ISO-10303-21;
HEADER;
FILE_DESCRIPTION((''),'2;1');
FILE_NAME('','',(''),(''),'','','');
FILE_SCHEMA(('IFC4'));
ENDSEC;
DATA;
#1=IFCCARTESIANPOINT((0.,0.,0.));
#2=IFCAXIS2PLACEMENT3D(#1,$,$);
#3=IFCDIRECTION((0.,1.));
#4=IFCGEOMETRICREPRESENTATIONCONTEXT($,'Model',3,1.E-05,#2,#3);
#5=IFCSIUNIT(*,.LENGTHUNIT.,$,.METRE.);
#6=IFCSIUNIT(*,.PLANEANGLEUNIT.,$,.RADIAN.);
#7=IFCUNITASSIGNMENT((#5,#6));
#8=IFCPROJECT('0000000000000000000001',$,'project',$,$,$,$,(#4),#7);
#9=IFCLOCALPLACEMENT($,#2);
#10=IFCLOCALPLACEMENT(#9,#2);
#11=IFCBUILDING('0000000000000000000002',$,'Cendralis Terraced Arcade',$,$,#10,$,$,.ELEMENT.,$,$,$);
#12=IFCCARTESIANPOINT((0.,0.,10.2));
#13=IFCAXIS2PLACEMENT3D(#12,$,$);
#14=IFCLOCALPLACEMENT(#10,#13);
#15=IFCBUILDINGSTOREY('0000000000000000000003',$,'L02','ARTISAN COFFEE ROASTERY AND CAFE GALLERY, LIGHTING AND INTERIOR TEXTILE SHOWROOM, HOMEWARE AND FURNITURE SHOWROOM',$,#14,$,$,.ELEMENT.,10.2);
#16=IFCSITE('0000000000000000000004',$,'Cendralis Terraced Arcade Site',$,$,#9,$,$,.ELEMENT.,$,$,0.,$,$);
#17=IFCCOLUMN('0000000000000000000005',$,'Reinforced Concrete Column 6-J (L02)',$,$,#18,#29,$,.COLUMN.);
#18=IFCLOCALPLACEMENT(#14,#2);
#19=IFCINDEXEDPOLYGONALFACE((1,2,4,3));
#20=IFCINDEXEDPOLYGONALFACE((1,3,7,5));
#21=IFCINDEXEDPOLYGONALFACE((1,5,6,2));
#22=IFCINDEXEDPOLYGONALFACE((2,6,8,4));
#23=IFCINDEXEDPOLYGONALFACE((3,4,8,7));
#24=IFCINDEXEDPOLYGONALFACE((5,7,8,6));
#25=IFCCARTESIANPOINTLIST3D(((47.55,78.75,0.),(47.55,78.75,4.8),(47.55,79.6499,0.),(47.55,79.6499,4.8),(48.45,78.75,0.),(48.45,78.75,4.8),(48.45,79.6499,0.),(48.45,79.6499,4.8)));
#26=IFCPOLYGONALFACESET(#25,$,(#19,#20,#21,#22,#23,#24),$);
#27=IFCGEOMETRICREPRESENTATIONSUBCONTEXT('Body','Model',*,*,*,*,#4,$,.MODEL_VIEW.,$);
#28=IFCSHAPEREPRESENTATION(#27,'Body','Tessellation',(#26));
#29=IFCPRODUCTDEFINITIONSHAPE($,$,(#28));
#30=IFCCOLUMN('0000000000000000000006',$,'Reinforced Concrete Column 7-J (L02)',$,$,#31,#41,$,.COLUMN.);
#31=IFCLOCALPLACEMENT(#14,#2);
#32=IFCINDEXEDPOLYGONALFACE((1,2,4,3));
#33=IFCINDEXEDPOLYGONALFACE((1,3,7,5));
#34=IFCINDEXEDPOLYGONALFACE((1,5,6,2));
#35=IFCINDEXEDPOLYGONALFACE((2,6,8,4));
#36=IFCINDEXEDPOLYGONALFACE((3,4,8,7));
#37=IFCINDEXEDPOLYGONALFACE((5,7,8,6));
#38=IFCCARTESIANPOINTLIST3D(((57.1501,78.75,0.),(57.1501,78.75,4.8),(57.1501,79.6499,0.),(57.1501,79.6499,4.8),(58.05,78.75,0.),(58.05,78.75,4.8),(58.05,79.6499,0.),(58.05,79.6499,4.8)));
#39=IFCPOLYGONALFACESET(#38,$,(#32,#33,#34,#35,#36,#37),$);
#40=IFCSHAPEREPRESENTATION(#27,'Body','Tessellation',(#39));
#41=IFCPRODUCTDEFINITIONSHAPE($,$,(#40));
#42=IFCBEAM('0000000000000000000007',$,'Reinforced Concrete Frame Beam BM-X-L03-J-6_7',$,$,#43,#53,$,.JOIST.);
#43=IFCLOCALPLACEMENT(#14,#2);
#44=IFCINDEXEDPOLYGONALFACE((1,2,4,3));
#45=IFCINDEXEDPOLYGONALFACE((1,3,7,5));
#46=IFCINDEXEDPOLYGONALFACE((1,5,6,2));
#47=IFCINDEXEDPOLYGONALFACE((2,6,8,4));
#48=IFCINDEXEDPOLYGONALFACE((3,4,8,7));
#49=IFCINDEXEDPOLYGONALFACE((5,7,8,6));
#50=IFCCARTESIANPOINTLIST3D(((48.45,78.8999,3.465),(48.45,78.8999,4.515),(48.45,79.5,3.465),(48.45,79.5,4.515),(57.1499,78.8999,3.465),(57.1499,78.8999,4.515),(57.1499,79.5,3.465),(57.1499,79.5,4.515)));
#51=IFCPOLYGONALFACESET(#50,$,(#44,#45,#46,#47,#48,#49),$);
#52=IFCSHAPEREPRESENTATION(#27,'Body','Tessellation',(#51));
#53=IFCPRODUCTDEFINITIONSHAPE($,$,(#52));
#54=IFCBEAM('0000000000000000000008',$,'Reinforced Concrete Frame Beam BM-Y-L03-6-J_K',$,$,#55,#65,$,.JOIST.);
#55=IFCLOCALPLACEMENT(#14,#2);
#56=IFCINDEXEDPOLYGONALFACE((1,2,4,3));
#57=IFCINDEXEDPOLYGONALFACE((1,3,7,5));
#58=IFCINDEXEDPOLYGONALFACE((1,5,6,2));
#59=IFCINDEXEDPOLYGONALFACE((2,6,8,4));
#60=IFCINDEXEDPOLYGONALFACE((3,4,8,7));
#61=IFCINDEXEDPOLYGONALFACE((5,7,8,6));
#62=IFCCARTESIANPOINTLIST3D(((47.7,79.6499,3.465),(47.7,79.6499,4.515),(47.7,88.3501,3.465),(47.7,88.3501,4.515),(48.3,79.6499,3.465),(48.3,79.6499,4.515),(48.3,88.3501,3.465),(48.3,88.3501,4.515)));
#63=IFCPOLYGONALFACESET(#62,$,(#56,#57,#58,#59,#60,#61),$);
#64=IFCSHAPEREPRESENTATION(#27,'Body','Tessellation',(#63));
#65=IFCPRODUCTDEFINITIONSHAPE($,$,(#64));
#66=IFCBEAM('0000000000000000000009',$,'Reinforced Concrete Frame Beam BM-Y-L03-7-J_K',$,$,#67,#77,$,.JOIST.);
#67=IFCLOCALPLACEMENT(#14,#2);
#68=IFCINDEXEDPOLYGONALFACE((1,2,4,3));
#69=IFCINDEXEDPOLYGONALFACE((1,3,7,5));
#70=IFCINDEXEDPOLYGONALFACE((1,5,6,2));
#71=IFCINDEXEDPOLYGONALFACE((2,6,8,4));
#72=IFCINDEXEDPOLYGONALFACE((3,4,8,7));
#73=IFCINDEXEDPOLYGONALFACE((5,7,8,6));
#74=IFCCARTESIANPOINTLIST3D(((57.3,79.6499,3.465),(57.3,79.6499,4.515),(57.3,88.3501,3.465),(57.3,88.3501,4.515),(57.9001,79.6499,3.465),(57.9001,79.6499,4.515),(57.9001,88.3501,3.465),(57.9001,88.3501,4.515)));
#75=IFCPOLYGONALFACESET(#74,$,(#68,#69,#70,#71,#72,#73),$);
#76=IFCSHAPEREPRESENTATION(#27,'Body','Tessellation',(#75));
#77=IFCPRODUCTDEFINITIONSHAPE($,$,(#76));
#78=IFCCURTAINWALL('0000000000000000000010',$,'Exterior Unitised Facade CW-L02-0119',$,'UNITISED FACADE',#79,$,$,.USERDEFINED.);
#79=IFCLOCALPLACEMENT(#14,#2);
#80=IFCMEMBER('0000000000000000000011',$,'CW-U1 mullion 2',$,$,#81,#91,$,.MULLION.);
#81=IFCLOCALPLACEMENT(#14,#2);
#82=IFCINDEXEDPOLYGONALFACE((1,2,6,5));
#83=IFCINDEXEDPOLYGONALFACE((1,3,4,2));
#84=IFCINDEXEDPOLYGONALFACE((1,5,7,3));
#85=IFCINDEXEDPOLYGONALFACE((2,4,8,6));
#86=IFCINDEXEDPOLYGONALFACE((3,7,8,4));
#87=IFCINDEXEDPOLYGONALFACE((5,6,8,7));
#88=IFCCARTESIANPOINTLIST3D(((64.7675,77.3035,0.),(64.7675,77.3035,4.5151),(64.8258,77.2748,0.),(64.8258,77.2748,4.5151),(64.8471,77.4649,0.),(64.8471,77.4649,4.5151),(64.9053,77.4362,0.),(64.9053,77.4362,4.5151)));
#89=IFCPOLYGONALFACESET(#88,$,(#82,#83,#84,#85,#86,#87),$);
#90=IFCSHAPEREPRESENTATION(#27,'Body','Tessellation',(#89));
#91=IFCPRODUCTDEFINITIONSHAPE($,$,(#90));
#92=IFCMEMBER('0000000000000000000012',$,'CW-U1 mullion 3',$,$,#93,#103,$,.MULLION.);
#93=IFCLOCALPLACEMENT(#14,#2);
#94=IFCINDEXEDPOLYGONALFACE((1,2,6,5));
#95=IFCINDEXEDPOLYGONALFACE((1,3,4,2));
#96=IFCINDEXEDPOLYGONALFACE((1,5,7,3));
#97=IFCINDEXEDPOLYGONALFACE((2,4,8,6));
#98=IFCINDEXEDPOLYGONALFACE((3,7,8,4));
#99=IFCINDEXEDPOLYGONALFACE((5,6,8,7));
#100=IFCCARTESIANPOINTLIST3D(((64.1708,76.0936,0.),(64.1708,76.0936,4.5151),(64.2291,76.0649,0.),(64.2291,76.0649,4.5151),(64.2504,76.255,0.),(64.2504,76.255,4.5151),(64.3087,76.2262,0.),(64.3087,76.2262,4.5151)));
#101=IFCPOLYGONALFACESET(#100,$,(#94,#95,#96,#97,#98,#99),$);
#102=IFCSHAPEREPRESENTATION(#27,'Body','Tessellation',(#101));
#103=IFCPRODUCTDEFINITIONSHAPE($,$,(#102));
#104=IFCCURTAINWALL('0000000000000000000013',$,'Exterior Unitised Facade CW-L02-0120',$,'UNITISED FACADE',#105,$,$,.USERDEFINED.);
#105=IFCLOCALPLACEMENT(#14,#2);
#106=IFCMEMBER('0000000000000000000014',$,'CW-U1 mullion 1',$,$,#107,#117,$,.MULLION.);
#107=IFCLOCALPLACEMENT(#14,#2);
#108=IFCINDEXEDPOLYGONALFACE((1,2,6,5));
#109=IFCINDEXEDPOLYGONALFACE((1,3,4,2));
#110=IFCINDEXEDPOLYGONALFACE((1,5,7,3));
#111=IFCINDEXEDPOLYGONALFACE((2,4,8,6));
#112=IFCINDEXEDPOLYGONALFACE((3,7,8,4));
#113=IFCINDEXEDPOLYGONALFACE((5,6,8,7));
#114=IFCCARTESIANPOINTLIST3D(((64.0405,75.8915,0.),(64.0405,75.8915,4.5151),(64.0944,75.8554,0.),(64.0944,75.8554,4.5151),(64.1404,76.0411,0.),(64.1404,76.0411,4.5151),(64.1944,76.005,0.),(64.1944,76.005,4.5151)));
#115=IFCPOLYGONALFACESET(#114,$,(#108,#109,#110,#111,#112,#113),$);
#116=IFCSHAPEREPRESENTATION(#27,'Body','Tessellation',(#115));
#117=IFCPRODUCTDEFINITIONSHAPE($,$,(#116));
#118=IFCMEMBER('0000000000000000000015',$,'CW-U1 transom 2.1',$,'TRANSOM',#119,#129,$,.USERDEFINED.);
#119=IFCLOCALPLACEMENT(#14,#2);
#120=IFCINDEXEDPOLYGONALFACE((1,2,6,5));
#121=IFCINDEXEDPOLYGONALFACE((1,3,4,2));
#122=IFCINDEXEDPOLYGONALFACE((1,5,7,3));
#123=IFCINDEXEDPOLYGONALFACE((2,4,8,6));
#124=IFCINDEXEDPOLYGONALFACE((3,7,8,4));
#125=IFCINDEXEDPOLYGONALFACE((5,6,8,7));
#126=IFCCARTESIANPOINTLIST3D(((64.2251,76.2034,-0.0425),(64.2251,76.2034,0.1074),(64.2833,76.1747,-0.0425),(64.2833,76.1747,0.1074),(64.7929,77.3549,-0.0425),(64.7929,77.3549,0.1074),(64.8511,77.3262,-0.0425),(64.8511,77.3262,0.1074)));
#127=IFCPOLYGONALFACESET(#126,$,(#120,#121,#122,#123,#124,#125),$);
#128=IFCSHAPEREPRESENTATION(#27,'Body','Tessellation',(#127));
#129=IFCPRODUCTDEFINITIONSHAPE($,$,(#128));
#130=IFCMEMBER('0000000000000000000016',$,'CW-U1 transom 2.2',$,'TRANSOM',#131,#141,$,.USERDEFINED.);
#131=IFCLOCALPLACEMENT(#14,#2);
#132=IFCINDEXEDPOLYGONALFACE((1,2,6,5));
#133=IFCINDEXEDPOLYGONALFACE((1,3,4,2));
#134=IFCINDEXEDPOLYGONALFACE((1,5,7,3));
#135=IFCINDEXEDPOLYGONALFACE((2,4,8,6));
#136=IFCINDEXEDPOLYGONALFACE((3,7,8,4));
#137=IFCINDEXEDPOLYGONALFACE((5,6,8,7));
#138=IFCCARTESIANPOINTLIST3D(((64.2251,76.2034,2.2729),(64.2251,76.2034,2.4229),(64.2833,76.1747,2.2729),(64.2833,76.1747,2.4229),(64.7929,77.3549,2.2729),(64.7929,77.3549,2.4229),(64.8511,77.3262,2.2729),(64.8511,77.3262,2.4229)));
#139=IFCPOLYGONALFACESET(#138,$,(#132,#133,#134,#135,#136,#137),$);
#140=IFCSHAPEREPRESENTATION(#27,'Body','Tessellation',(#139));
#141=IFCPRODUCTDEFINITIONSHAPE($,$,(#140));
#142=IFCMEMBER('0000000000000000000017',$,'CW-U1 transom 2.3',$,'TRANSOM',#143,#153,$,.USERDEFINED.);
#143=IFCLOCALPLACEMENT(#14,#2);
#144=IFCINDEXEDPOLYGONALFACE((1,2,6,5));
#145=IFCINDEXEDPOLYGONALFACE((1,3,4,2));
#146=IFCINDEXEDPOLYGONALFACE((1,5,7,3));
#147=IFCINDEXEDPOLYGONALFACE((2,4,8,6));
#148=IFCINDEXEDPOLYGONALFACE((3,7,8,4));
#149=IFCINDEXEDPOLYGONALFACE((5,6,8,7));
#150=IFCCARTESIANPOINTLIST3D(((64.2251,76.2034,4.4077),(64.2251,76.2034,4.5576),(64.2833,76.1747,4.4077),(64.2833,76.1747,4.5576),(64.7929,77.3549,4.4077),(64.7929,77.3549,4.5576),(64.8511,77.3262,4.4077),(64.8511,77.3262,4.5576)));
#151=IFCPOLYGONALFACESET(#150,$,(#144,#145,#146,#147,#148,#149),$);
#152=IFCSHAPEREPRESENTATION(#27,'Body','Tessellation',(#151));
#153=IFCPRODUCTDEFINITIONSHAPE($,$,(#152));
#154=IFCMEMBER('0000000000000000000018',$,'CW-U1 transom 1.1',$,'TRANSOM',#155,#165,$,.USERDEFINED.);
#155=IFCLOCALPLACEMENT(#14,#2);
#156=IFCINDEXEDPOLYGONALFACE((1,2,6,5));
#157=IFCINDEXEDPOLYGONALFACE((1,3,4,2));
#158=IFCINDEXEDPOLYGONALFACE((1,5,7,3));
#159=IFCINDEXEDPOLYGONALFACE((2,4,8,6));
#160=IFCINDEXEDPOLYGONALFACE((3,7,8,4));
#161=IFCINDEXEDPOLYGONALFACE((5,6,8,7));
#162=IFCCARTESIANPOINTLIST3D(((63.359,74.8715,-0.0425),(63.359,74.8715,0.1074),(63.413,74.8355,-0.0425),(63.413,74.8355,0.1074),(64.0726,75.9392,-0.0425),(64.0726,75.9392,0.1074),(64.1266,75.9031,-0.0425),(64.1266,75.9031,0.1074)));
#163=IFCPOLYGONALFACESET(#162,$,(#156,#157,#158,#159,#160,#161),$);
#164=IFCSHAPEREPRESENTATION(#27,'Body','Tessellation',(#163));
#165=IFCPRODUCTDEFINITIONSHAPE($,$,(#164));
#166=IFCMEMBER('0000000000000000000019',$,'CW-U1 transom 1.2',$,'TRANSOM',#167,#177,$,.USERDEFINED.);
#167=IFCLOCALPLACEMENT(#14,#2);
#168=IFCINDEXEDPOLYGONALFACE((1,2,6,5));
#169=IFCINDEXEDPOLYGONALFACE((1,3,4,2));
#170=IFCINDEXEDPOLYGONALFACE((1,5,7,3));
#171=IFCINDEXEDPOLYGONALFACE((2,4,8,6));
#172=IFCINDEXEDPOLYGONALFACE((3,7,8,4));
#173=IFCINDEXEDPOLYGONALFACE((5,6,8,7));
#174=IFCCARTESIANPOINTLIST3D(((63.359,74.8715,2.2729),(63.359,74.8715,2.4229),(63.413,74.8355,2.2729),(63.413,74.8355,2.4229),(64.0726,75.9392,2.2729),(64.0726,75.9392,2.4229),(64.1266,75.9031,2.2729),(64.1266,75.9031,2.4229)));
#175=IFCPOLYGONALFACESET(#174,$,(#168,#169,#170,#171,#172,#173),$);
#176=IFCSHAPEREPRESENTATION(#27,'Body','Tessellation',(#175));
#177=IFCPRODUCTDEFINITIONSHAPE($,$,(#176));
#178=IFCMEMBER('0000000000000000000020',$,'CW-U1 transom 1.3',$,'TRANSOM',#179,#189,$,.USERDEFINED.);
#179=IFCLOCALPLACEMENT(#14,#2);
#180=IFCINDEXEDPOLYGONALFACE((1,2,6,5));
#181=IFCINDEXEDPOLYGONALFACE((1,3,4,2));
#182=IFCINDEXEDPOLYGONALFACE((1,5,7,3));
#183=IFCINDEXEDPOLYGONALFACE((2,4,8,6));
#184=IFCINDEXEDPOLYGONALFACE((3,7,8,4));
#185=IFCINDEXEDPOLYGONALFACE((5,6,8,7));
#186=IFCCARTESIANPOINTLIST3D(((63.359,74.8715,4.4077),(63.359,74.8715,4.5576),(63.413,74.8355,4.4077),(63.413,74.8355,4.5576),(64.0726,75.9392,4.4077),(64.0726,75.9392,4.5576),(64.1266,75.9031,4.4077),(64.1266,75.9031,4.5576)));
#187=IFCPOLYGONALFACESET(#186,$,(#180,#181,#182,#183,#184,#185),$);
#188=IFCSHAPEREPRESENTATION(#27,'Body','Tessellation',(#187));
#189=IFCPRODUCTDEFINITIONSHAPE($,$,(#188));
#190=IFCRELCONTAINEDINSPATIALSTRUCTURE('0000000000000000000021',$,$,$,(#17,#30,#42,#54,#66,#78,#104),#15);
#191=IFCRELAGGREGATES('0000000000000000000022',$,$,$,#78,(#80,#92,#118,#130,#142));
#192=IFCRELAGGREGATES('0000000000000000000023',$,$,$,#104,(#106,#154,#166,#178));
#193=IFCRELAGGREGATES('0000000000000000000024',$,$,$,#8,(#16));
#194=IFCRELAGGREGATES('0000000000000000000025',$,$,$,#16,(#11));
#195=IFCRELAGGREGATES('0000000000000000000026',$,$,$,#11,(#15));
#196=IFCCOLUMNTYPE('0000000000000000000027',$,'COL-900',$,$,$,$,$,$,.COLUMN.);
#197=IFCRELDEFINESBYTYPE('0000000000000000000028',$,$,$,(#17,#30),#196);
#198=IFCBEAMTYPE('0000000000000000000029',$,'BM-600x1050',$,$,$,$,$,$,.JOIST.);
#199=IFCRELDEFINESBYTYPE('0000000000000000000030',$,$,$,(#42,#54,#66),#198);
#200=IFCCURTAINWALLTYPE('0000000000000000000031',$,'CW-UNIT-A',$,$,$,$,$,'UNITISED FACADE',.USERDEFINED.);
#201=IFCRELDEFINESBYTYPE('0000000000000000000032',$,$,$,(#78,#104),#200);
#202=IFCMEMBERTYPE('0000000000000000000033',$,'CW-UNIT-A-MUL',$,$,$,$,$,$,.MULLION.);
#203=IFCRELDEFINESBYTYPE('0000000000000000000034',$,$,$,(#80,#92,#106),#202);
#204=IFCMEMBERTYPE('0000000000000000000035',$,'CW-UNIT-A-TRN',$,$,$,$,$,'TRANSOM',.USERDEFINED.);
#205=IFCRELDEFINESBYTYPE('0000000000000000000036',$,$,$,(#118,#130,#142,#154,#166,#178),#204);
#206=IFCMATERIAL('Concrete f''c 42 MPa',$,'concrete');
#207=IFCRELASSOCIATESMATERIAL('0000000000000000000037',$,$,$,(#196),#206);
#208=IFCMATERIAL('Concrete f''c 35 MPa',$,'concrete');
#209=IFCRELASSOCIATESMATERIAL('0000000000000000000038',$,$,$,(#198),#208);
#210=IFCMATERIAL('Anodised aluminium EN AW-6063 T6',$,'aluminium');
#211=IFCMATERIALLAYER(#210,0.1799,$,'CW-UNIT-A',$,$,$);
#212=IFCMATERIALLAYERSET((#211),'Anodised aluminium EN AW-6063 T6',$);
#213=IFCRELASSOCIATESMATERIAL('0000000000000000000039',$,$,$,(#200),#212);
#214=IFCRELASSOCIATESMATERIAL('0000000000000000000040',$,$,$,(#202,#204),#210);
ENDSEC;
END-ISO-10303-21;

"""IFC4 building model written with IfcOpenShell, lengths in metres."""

from ifc_helpers import new_model, si_unit, direction, frame, origin, origin_2d, place, context, subcontext, project, spatial, rectangle, extrude, material, layer, layer_set, material_profile, profile_set, type_object, element, aggregate, save


model = new_model("IFC4")

# Units and contexts
model_context = context("Model", 3, precision=1e-05, world=origin(), true_north=direction((0.0, 1.0)))
body_context = subcontext(model_context, "Body", "Model", "MODEL_VIEW")
ifc_project = project(units=[si_unit("LENGTHUNIT", "METRE"), si_unit("PLANEANGLEUNIT", "RADIAN")], contexts=[model_context])

# Site, building, storey
site_placement = place(None, origin())
site = spatial("IfcSite", under=ifc_project, at=site_placement, Name="Cendralis Terraced Arcade Site", CompositionType="ELEMENT", RefElevation=0.0)
building_placement = place(site_placement, origin())
building = spatial("IfcBuilding", under=site, at=building_placement, Name="Cendralis Terraced Arcade", CompositionType="ELEMENT")
storey_placement = place(building_placement, frame((0.0, 0.0, 10.2)))
storey = spatial("IfcBuildingStorey", under=building, at=storey_placement, Name="L02", Description="ARTISAN COFFEE ROASTERY AND CAFE GALLERY, LIGHTING AND INTERIOR TEXTILE SHOWROOM, HOMEWARE AND FURNITURE SHOWROOM", CompositionType="ELEMENT", Elevation=10.2)

# Columns
ifc_material_1 = material(Name="Concrete f'c 42 MPa", Category="concrete")
ifc_material_profile_1 = material_profile(ifc_material_1, rectangle(XDim=0.8999, YDim=0.8999, at=origin_2d()), Name="RC-COL-900x900", Category="LoadBearing")
ifc_profile_set_1 = profile_set([ifc_material_profile_1], Name="Concrete f'c 42 MPa")
column_type = type_object("IfcColumnType", Name="COL-900", PredefinedType="COLUMN", material=ifc_profile_set_1)
for number, where, z_axis, x_axis, name in (
    (1, (48.0, 79.2, 0.0), (0.0, 0.0, 1.0), (1.0, 0.0, 0.0), "Reinforced Concrete Column 6-J (L02)"),
    (2, (57.6001, 79.2, 0.0), (0.0, 0.0, 1.0), (1.0, 0.0, 0.0), "Reinforced Concrete Column 7-J (L02)"),
):
    element("IfcColumn", number, at=place(storey_placement, frame(where, z_axis=z_axis, x_axis=x_axis)), inside=storey, type_object=column_type, Name=name, PredefinedType="COLUMN", context=body_context, shape_type="SweptSolid", body=[
        extrude(rectangle(XDim=0.8999, YDim=0.8999, at=origin_2d()), origin(), (0.0, 0.0, 1.0), 4.8),
    ])

# Beams
ifc_material_2 = material(Name="Concrete f'c 35 MPa", Category="concrete")
ifc_material_profile_2 = material_profile(ifc_material_2, rectangle(XDim=0.6001, YDim=1.05, at=origin_2d()), Name="RC-BM-600x1050", Category="LoadBearing")
ifc_profile_set_2 = profile_set([ifc_material_profile_2], Name="Concrete f'c 35 MPa")
beam_type = type_object("IfcBeamType", Name="BM-600x1050", PredefinedType="JOIST", material=ifc_profile_set_2)
beam_placement = place(storey_placement, frame((48.45, 79.2, 3.99), z_axis=(1.0, 0.0, 0.0), x_axis=(0.0, 1.0, 0.0)))
element("IfcBeam", 3, at=beam_placement, inside=storey, type_object=beam_type, Name="Reinforced Concrete Frame Beam BM-X-L03-J-6_7", PredefinedType="JOIST", context=body_context, shape_type="SweptSolid", body=[
    extrude(rectangle(XDim=0.6001, YDim=1.05, at=origin_2d()), origin(), (0.0, 0.0, 1.0), 8.7),
])
for number, where, z_axis, x_axis, name in (
    (4, (48.0, 79.6499, 3.99), (0.0, 1.0, 0.0), (-1.0, 0.0, 0.0), "Reinforced Concrete Frame Beam BM-Y-L03-6-J_K"),
    (5, (57.6001, 79.6499, 3.99), (0.0, 1.0, 0.0), (-1.0, 0.0, 0.0), "Reinforced Concrete Frame Beam BM-Y-L03-7-J_K"),
):
    element("IfcBeam", number, at=place(storey_placement, frame(where, z_axis=z_axis, x_axis=x_axis)), inside=storey, type_object=beam_type, Name=name, PredefinedType="JOIST", context=body_context, shape_type="SweptSolid", body=[
        extrude(rectangle(XDim=0.6001, YDim=1.05, at=origin_2d()), origin(), (0.0, 0.0, 1.0), 8.7002),
    ])

# Curtain wall, members
ifc_material_3 = material(Name="Anodised aluminium EN AW-6063 T6", Category="aluminium")
ifc_layer_1 = layer(ifc_material_3, 0.1799, Name="CW-UNIT-A")
ifc_layer_set_1 = layer_set([ifc_layer_1], Name="Anodised aluminium EN AW-6063 T6")
curtain_wall_type = type_object("IfcCurtainWallType", Name="CW-UNIT-A", ElementType="UNITISED FACADE", PredefinedType="USERDEFINED", material=ifc_layer_set_1)
curtain_wall_1_placement = place(storey_placement, origin())
curtain_wall_1 = element("IfcCurtainWall", 6, at=curtain_wall_1_placement, inside=storey, type_object=curtain_wall_type, Name="Exterior Unitised Facade CW-L02-0119", ObjectType="UNITISED FACADE", PredefinedType="USERDEFINED")
ifc_material_profile_3 = material_profile(ifc_material_3, rectangle(XDim=0.0649, YDim=0.1799, at=origin_2d()), Name="ALU-MUL-65x180")
ifc_profile_set_3 = profile_set([ifc_material_profile_3], Name="Anodised aluminium EN AW-6063 T6")
member_type_1 = type_object("IfcMemberType", Name="CW-UNIT-A-MUL", PredefinedType="MULLION", material=ifc_profile_set_3)
member_1_placement = place(storey_placement, frame((64.8364, 77.3699, 0.0), z_axis=(0.0, 0.0, 1.0), x_axis=(0.896875, -0.442285, 0.0)))
member_1 = element("IfcMember", 7, at=member_1_placement, type_object=member_type_1, Name="CW-U1 mullion 2", PredefinedType="MULLION", context=body_context, shape_type="SweptSolid", body=[
    extrude(rectangle(XDim=0.0649, YDim=0.1799, at=origin_2d()), origin(), (0.0, 0.0, 1.0), 4.5151),
])
member_2_placement = place(storey_placement, frame((64.2397, 76.1599, 0.0), z_axis=(0.0, 0.0, 1.0), x_axis=(0.896875, -0.442285, 0.0)))
member_2 = element("IfcMember", 8, at=member_2_placement, type_object=member_type_1, Name="CW-U1 mullion 3", PredefinedType="MULLION", context=body_context, shape_type="SweptSolid", body=[
    extrude(rectangle(XDim=0.0649, YDim=0.1799, at=origin_2d()), origin(), (0.0, 0.0, 1.0), 4.5151),
])

# Curtain wall, member
curtain_wall_2_placement = place(storey_placement, origin())
curtain_wall_2 = element("IfcCurtainWall", 9, at=curtain_wall_2_placement, inside=storey, type_object=curtain_wall_type, Name="Exterior Unitised Facade CW-L02-0120", ObjectType="UNITISED FACADE", PredefinedType="USERDEFINED")
member_3_placement = place(storey_placement, frame((64.1174, 75.9482, 0.0), z_axis=(0.0, 0.0, 1.0), x_axis=(0.831476, -0.55556, 0.0)))
member_3 = element("IfcMember", 10, at=member_3_placement, type_object=member_type_1, Name="CW-U1 mullion 1", PredefinedType="MULLION", context=body_context, shape_type="SweptSolid", body=[
    extrude(rectangle(XDim=0.0649, YDim=0.1799, at=origin_2d()), origin(), (0.0, 0.0, 1.0), 4.5151),
])

# Members
ifc_material_profile_4 = material_profile(ifc_material_3, rectangle(XDim=0.0649, YDim=0.1499, at=origin_2d()), Name="ALU-TRN-65x150")
ifc_profile_set_4 = profile_set([ifc_material_profile_4], Name="Anodised aluminium EN AW-6063 T6")
member_type_2 = type_object("IfcMemberType", Name="CW-UNIT-A-TRN", ElementType="TRANSOM", PredefinedType="USERDEFINED", material=ifc_profile_set_4)
member_4_placement = place(storey_placement, frame((64.822, 77.3406, 0.0325), z_axis=(-0.442263, -0.896885, 0.0), x_axis=(0.896885, -0.442263, 0.0)))
member_4 = element("IfcMember", 11, at=member_4_placement, type_object=member_type_2, Name="CW-U1 transom 2.1", ObjectType="TRANSOM", PredefinedType="USERDEFINED", context=body_context, shape_type="SweptSolid", body=[
    extrude(rectangle(XDim=0.0649, YDim=0.1499, at=origin_2d()), origin(), (0.0, 0.0, 1.0), 1.2839),
])
member_5_placement = place(storey_placement, frame((64.822, 77.3406, 2.3479), z_axis=(-0.442263, -0.896885, 0.0), x_axis=(0.896885, -0.442263, 0.0)))
member_5 = element("IfcMember", 12, at=member_5_placement, type_object=member_type_2, Name="CW-U1 transom 2.2", ObjectType="TRANSOM", PredefinedType="USERDEFINED", context=body_context, shape_type="SweptSolid", body=[
    extrude(rectangle(XDim=0.0649, YDim=0.1499, at=origin_2d()), origin(), (0.0, 0.0, 1.0), 1.2839),
])
member_6_placement = place(storey_placement, frame((64.822, 77.3406, 4.4827), z_axis=(-0.442263, -0.896885, 0.0), x_axis=(0.896885, -0.442263, 0.0)))
member_6 = element("IfcMember", 13, at=member_6_placement, type_object=member_type_2, Name="CW-U1 transom 2.3", ObjectType="TRANSOM", PredefinedType="USERDEFINED", context=body_context, shape_type="SweptSolid", body=[
    extrude(rectangle(XDim=0.0649, YDim=0.1499, at=origin_2d()), origin(), (0.0, 0.0, 1.0), 1.2839),
])
member_7_placement = place(storey_placement, frame((64.0996, 75.9211, 0.0325), z_axis=(-0.555709, -0.831377, 0.0), x_axis=(0.831377, -0.555709, 0.0)))
member_7 = element("IfcMember", 14, at=member_7_placement, type_object=member_type_2, Name="CW-U1 transom 1.1", ObjectType="TRANSOM", PredefinedType="USERDEFINED", context=body_context, shape_type="SweptSolid", body=[
    extrude(rectangle(XDim=0.0649, YDim=0.1499, at=origin_2d()), origin(), (0.0, 0.0, 1.0), 1.2842),
])
member_8_placement = place(storey_placement, frame((64.0996, 75.9211, 2.3479), z_axis=(-0.555709, -0.831377, 0.0), x_axis=(0.831377, -0.555709, 0.0)))
member_8 = element("IfcMember", 15, at=member_8_placement, type_object=member_type_2, Name="CW-U1 transom 1.2", ObjectType="TRANSOM", PredefinedType="USERDEFINED", context=body_context, shape_type="SweptSolid", body=[
    extrude(rectangle(XDim=0.0649, YDim=0.1499, at=origin_2d()), origin(), (0.0, 0.0, 1.0), 1.2842),
])
member_9_placement = place(storey_placement, frame((64.0996, 75.9211, 4.4827), z_axis=(-0.555709, -0.831377, 0.0), x_axis=(0.831377, -0.555709, 0.0)))
member_9 = element("IfcMember", 16, at=member_9_placement, type_object=member_type_2, Name="CW-U1 transom 1.3", ObjectType="TRANSOM", PredefinedType="USERDEFINED", context=body_context, shape_type="SweptSolid", body=[
    extrude(rectangle(XDim=0.0649, YDim=0.1499, at=origin_2d()), origin(), (0.0, 0.0, 1.0), 1.2842),
])

aggregate(curtain_wall_1, [member_1, member_2, member_4, member_5, member_6])
aggregate(curtain_wall_2, [member_3, member_7, member_8, member_9])

save(model, "model.ifc")
